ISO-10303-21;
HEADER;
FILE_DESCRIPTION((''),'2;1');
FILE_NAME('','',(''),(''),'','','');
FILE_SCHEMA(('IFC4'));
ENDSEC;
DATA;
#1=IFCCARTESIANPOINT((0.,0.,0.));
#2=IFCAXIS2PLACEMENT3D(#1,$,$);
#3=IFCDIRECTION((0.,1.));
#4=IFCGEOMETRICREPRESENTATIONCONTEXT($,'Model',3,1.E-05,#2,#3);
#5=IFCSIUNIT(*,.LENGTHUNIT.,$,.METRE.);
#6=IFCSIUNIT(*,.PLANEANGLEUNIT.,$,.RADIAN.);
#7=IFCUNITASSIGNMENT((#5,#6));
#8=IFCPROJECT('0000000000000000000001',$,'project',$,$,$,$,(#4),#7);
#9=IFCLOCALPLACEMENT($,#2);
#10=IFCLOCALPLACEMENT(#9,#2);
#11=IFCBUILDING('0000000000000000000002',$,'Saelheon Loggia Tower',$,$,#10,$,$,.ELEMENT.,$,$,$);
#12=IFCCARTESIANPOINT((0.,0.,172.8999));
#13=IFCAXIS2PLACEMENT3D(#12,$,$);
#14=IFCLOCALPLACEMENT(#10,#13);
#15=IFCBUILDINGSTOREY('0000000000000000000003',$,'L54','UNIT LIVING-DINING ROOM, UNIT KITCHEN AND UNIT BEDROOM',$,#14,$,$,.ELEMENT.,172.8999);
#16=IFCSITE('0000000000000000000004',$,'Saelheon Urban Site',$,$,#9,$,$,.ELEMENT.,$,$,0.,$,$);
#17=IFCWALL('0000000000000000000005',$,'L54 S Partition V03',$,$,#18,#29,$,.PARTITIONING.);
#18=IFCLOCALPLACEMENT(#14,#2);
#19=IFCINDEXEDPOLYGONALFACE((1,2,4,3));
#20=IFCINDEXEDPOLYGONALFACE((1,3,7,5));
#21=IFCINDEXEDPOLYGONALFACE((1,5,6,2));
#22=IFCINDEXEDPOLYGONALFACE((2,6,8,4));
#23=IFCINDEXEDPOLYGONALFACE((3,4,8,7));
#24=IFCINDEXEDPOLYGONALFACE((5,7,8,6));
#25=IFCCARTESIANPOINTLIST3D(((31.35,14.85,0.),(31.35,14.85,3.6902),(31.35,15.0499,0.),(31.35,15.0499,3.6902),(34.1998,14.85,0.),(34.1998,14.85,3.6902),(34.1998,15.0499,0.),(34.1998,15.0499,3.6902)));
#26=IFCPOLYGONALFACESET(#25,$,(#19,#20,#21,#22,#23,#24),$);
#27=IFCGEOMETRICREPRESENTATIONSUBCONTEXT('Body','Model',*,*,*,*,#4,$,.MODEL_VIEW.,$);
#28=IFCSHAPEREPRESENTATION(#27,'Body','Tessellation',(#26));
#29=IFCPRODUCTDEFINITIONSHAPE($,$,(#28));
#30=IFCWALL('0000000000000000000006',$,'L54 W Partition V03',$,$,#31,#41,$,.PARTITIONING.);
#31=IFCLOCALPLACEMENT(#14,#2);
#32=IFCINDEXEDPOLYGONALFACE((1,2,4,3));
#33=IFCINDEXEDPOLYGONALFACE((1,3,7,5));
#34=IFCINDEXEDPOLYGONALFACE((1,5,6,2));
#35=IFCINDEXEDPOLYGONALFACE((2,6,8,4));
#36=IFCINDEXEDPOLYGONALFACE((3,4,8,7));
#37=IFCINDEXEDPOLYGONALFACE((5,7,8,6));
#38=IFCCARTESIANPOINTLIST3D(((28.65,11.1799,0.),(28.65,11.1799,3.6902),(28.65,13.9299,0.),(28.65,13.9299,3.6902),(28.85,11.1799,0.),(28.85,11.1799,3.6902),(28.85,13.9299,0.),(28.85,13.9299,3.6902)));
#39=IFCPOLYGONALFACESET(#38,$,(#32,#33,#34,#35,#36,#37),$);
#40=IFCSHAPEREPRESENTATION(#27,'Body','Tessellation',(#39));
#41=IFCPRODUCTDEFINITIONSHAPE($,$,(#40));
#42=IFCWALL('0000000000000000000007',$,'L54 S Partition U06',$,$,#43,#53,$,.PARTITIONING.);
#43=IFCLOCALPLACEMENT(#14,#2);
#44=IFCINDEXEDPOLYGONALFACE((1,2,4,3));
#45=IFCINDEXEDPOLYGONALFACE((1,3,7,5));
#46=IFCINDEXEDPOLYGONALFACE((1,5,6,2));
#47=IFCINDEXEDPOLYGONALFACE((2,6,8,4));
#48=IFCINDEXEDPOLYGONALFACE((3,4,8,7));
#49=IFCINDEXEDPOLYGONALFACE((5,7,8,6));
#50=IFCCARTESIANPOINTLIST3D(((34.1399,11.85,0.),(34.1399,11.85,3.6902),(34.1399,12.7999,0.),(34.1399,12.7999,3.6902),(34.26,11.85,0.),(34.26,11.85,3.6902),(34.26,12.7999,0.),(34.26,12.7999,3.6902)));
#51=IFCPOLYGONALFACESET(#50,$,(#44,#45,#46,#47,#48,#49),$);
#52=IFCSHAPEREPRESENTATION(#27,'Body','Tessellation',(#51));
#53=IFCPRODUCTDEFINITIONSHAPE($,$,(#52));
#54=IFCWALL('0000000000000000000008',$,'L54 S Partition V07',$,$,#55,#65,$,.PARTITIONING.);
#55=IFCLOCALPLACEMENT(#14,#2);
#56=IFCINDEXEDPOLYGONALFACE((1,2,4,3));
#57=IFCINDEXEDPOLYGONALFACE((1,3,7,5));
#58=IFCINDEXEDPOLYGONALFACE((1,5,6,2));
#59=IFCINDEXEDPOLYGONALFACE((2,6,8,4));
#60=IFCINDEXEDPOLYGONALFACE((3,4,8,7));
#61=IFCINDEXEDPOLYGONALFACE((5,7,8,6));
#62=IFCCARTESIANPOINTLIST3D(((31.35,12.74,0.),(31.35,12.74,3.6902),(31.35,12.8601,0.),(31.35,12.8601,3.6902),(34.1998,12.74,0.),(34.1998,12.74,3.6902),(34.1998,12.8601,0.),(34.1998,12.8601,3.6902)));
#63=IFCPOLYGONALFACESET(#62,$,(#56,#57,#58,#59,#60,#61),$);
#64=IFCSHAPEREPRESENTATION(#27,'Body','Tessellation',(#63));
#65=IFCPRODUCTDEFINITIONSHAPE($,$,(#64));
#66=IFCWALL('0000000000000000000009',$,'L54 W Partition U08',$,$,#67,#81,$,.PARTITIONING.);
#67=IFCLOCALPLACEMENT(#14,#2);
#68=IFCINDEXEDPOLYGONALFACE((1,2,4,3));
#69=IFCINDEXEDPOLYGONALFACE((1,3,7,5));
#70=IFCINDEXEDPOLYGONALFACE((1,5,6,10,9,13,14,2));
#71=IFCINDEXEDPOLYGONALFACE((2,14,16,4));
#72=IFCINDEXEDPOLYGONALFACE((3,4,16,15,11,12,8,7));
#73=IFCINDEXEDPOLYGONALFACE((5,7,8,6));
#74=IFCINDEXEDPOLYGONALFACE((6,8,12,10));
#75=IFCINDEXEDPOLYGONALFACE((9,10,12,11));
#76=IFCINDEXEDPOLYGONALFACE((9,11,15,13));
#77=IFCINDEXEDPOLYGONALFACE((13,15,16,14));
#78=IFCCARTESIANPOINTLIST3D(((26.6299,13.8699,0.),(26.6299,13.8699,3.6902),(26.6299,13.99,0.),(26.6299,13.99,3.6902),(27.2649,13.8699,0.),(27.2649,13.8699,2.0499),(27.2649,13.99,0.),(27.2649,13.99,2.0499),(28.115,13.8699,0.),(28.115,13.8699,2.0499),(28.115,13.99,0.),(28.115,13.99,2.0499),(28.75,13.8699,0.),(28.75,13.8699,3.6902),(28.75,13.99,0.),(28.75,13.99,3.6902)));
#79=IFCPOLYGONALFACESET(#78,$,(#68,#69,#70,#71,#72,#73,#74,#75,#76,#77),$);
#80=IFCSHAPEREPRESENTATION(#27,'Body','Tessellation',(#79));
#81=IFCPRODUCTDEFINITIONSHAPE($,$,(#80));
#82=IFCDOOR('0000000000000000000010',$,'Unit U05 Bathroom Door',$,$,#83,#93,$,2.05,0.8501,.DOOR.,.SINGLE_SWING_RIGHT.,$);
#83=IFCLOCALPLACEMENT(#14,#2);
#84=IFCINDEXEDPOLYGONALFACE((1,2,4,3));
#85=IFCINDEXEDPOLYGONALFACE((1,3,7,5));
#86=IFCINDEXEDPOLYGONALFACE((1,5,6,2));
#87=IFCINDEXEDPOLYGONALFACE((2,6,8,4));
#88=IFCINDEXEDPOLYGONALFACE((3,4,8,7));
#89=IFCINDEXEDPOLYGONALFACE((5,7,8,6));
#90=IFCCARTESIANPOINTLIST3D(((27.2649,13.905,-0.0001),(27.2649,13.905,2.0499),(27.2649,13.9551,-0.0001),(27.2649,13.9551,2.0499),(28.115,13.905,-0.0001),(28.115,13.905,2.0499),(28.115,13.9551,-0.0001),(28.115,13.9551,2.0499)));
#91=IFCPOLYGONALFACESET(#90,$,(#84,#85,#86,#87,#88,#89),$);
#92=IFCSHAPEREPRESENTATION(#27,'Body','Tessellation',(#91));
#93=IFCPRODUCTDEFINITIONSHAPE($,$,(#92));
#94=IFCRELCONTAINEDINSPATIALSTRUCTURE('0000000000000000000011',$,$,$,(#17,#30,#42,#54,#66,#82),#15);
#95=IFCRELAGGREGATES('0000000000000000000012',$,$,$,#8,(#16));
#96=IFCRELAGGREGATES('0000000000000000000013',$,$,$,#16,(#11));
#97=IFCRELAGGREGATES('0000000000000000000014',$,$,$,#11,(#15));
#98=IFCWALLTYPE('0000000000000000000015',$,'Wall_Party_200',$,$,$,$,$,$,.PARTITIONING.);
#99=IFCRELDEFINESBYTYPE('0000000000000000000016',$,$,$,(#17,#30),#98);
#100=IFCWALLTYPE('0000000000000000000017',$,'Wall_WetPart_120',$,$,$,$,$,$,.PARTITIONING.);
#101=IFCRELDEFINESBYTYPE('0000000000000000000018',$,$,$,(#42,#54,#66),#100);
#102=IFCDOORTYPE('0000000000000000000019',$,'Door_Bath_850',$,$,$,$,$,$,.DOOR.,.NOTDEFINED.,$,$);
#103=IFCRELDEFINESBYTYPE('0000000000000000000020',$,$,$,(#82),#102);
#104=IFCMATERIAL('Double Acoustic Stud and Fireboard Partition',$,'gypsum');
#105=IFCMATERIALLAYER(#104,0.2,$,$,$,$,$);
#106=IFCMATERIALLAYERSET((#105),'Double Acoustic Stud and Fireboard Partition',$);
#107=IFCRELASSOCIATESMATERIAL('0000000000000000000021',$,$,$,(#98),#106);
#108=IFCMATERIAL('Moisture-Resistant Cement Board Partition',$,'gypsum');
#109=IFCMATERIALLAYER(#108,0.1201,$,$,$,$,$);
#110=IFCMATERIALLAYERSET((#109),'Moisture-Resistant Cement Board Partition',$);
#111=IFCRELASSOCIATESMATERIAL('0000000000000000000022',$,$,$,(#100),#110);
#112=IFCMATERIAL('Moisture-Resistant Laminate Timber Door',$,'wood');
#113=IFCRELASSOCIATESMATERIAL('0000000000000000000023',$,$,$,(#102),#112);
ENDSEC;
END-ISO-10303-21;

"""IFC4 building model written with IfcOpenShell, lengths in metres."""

from ifc_helpers import new_model, si_unit, direction, frame, frame_2d, origin, place, context, subcontext, project, spatial, rectangle, extrude, source, transform, mapped, material, layer, layer_set, type_object, element, fill, save


model = new_model("IFC4")

# Units and contexts
model_context = context("Model", 3, precision=1e-05, world=origin(), true_north=direction((0.0, 1.0)))
body_context = subcontext(model_context, "Body", "Model", "MODEL_VIEW")
ifc_project = project(units=[si_unit("LENGTHUNIT", "METRE"), si_unit("PLANEANGLEUNIT", "RADIAN")], contexts=[model_context])

# Site, building, storey
site_placement = place(None, origin())
site = spatial("IfcSite", under=ifc_project, at=site_placement, Name="Saelheon Urban Site", CompositionType="ELEMENT", RefElevation=0.0)
building_placement = place(site_placement, origin())
building = spatial("IfcBuilding", under=site, at=building_placement, Name="Saelheon Loggia Tower", CompositionType="ELEMENT")
storey_placement = place(building_placement, frame((0.0, 0.0, 172.8999)))
storey = spatial("IfcBuildingStorey", under=building, at=storey_placement, Name="L54", Description="UNIT LIVING-DINING ROOM, UNIT KITCHEN AND UNIT BEDROOM", CompositionType="ELEMENT", Elevation=172.8999)

# Walls
ifc_material_1 = material(Name="Double Acoustic Stud and Fireboard Partition", Category="gypsum")
ifc_layer_1 = layer(ifc_material_1, 0.2)
ifc_layer_set_1 = layer_set([ifc_layer_1], Name="Double Acoustic Stud and Fireboard Partition")
wall_type_1 = type_object("IfcWallType", Name="Wall_Party_200", PredefinedType="PARTITIONING", material=ifc_layer_set_1)
wall_1_placement = place(storey_placement, frame((31.3501, 14.95, 0.0), z_axis=(0.0, 0.0, 1.0), x_axis=(1.0, 0.0, 0.0)))
element("IfcWall", 1, at=wall_1_placement, inside=storey, type_object=wall_type_1, Name="L54 S Partition V03", PredefinedType="PARTITIONING", context=body_context, shape_type="SweptSolid", body=[
    extrude(rectangle(XDim=2.8499, YDim=0.2, at=frame_2d((1.4248, 0.0))), origin(), (0.0, 0.0, 1.0), 3.6902),
])
wall_2_placement = place(storey_placement, frame((28.75, 11.1799, 0.0), z_axis=(0.0, 0.0, 1.0), x_axis=(0.0, 1.0, 0.0)))
element("IfcWall", 2, at=wall_2_placement, inside=storey, type_object=wall_type_1, Name="L54 W Partition V03", PredefinedType="PARTITIONING", context=body_context, shape_type="SweptSolid", body=[
    extrude(rectangle(XDim=2.75, YDim=0.2, at=frame_2d((1.375, 0.0))), origin(), (0.0, 0.0, 1.0), 3.6902),
])

# Walls
ifc_material_2 = material(Name="Moisture-Resistant Cement Board Partition", Category="gypsum")
ifc_layer_2 = layer(ifc_material_2, 0.1201)
ifc_layer_set_2 = layer_set([ifc_layer_2], Name="Moisture-Resistant Cement Board Partition")
wall_type_2 = type_object("IfcWallType", Name="Wall_WetPart_120", PredefinedType="PARTITIONING", material=ifc_layer_set_2)
wall_3_placement = place(storey_placement, frame((34.2, 12.8, 0.0), z_axis=(0.0, 0.0, 1.0), x_axis=(0.0, -1.0, 0.0)))
element("IfcWall", 3, at=wall_3_placement, inside=storey, type_object=wall_type_2, Name="L54 S Partition U06", PredefinedType="PARTITIONING", context=body_context, shape_type="SweptSolid", body=[
    extrude(rectangle(XDim=0.95, YDim=0.1201, at=frame_2d((0.4751, 0.0))), origin(), (0.0, 0.0, 1.0), 3.6902),
])
wall_4_placement = place(storey_placement, frame((31.3501, 12.8, 0.0), z_axis=(0.0, 0.0, 1.0), x_axis=(1.0, 0.0, 0.0)))
element("IfcWall", 4, at=wall_4_placement, inside=storey, type_object=wall_type_2, Name="L54 S Partition V07", PredefinedType="PARTITIONING", context=body_context, shape_type="SweptSolid", body=[
    extrude(rectangle(XDim=2.8499, YDim=0.1201, at=frame_2d((1.4248, 0.0))), origin(), (0.0, 0.0, 1.0), 3.6902),
])

# Wall, opening, door
wall_5_placement = place(storey_placement, frame((28.75, 13.9299, 0.0), z_axis=(0.0, 0.0, 1.0), x_axis=(-1.0, 0.0, 0.0)))
wall_5 = element("IfcWall", 5, at=wall_5_placement, inside=storey, type_object=wall_type_2, Name="L54 W Partition U08", PredefinedType="PARTITIONING", context=body_context, shape_type="SweptSolid", body=[
    extrude(rectangle(XDim=2.1201, YDim=0.1201, at=frame_2d((1.0601, 0.0))), origin(), (0.0, 0.0, 1.0), 3.6902),
])
opening_1_placement = place(wall_5_placement, frame((0.635, 0.0, 0.0)))
opening_1 = element("IfcOpeningElement", 6, at=opening_1_placement, cuts=wall_5, PredefinedType="OPENING", context=body_context, shape_type="SweptSolid", body=[
    extrude(rectangle(XDim=0.8501, YDim=2.05, at=frame_2d((0.425, 1.0249))), frame((0.0, 0.072, 0.0), z_axis=(0.0, -1.0, 0.0), x_axis=(1.0, 0.0, 0.0)), (0.0, 0.0, 1.0), 0.144),
])
ifc_material_3 = material(Name="Moisture-Resistant Laminate Timber Door", Category="wood")
door_type_1 = type_object("IfcDoorType", Name="Door_Bath_850", OperationType="NOTDEFINED", PredefinedType="DOOR", material=ifc_material_3)
shared_shape_1 = source(origin(), body_context, "Body", "SweptSolid", [
    extrude(rectangle(XDim=0.8501, YDim=2.05, at=frame_2d((0.425, 1.0249))), frame((0.0, 0.0249, 0.0), z_axis=(0.0, -1.0, 0.0), x_axis=(1.0, 0.0, 0.0)), (0.0, 0.0, 1.0), 0.05),
])
door_1_placement = place(opening_1_placement, origin())
door_1 = element("IfcDoor", 7, at=door_1_placement, inside=storey, type_object=door_type_1, Name="Unit U05 Bathroom Door", OperationType="SINGLE_SWING_RIGHT", OverallHeight=2.05, OverallWidth=0.8501, PredefinedType="DOOR", context=body_context, shape_type="MappedRepresentation", body=[
    mapped(shared_shape_1, transform((0.0, 0.0, 0.0), scale=1.0)),
])
fill(opening_1, door_1)

save(model, "model.ifc")
